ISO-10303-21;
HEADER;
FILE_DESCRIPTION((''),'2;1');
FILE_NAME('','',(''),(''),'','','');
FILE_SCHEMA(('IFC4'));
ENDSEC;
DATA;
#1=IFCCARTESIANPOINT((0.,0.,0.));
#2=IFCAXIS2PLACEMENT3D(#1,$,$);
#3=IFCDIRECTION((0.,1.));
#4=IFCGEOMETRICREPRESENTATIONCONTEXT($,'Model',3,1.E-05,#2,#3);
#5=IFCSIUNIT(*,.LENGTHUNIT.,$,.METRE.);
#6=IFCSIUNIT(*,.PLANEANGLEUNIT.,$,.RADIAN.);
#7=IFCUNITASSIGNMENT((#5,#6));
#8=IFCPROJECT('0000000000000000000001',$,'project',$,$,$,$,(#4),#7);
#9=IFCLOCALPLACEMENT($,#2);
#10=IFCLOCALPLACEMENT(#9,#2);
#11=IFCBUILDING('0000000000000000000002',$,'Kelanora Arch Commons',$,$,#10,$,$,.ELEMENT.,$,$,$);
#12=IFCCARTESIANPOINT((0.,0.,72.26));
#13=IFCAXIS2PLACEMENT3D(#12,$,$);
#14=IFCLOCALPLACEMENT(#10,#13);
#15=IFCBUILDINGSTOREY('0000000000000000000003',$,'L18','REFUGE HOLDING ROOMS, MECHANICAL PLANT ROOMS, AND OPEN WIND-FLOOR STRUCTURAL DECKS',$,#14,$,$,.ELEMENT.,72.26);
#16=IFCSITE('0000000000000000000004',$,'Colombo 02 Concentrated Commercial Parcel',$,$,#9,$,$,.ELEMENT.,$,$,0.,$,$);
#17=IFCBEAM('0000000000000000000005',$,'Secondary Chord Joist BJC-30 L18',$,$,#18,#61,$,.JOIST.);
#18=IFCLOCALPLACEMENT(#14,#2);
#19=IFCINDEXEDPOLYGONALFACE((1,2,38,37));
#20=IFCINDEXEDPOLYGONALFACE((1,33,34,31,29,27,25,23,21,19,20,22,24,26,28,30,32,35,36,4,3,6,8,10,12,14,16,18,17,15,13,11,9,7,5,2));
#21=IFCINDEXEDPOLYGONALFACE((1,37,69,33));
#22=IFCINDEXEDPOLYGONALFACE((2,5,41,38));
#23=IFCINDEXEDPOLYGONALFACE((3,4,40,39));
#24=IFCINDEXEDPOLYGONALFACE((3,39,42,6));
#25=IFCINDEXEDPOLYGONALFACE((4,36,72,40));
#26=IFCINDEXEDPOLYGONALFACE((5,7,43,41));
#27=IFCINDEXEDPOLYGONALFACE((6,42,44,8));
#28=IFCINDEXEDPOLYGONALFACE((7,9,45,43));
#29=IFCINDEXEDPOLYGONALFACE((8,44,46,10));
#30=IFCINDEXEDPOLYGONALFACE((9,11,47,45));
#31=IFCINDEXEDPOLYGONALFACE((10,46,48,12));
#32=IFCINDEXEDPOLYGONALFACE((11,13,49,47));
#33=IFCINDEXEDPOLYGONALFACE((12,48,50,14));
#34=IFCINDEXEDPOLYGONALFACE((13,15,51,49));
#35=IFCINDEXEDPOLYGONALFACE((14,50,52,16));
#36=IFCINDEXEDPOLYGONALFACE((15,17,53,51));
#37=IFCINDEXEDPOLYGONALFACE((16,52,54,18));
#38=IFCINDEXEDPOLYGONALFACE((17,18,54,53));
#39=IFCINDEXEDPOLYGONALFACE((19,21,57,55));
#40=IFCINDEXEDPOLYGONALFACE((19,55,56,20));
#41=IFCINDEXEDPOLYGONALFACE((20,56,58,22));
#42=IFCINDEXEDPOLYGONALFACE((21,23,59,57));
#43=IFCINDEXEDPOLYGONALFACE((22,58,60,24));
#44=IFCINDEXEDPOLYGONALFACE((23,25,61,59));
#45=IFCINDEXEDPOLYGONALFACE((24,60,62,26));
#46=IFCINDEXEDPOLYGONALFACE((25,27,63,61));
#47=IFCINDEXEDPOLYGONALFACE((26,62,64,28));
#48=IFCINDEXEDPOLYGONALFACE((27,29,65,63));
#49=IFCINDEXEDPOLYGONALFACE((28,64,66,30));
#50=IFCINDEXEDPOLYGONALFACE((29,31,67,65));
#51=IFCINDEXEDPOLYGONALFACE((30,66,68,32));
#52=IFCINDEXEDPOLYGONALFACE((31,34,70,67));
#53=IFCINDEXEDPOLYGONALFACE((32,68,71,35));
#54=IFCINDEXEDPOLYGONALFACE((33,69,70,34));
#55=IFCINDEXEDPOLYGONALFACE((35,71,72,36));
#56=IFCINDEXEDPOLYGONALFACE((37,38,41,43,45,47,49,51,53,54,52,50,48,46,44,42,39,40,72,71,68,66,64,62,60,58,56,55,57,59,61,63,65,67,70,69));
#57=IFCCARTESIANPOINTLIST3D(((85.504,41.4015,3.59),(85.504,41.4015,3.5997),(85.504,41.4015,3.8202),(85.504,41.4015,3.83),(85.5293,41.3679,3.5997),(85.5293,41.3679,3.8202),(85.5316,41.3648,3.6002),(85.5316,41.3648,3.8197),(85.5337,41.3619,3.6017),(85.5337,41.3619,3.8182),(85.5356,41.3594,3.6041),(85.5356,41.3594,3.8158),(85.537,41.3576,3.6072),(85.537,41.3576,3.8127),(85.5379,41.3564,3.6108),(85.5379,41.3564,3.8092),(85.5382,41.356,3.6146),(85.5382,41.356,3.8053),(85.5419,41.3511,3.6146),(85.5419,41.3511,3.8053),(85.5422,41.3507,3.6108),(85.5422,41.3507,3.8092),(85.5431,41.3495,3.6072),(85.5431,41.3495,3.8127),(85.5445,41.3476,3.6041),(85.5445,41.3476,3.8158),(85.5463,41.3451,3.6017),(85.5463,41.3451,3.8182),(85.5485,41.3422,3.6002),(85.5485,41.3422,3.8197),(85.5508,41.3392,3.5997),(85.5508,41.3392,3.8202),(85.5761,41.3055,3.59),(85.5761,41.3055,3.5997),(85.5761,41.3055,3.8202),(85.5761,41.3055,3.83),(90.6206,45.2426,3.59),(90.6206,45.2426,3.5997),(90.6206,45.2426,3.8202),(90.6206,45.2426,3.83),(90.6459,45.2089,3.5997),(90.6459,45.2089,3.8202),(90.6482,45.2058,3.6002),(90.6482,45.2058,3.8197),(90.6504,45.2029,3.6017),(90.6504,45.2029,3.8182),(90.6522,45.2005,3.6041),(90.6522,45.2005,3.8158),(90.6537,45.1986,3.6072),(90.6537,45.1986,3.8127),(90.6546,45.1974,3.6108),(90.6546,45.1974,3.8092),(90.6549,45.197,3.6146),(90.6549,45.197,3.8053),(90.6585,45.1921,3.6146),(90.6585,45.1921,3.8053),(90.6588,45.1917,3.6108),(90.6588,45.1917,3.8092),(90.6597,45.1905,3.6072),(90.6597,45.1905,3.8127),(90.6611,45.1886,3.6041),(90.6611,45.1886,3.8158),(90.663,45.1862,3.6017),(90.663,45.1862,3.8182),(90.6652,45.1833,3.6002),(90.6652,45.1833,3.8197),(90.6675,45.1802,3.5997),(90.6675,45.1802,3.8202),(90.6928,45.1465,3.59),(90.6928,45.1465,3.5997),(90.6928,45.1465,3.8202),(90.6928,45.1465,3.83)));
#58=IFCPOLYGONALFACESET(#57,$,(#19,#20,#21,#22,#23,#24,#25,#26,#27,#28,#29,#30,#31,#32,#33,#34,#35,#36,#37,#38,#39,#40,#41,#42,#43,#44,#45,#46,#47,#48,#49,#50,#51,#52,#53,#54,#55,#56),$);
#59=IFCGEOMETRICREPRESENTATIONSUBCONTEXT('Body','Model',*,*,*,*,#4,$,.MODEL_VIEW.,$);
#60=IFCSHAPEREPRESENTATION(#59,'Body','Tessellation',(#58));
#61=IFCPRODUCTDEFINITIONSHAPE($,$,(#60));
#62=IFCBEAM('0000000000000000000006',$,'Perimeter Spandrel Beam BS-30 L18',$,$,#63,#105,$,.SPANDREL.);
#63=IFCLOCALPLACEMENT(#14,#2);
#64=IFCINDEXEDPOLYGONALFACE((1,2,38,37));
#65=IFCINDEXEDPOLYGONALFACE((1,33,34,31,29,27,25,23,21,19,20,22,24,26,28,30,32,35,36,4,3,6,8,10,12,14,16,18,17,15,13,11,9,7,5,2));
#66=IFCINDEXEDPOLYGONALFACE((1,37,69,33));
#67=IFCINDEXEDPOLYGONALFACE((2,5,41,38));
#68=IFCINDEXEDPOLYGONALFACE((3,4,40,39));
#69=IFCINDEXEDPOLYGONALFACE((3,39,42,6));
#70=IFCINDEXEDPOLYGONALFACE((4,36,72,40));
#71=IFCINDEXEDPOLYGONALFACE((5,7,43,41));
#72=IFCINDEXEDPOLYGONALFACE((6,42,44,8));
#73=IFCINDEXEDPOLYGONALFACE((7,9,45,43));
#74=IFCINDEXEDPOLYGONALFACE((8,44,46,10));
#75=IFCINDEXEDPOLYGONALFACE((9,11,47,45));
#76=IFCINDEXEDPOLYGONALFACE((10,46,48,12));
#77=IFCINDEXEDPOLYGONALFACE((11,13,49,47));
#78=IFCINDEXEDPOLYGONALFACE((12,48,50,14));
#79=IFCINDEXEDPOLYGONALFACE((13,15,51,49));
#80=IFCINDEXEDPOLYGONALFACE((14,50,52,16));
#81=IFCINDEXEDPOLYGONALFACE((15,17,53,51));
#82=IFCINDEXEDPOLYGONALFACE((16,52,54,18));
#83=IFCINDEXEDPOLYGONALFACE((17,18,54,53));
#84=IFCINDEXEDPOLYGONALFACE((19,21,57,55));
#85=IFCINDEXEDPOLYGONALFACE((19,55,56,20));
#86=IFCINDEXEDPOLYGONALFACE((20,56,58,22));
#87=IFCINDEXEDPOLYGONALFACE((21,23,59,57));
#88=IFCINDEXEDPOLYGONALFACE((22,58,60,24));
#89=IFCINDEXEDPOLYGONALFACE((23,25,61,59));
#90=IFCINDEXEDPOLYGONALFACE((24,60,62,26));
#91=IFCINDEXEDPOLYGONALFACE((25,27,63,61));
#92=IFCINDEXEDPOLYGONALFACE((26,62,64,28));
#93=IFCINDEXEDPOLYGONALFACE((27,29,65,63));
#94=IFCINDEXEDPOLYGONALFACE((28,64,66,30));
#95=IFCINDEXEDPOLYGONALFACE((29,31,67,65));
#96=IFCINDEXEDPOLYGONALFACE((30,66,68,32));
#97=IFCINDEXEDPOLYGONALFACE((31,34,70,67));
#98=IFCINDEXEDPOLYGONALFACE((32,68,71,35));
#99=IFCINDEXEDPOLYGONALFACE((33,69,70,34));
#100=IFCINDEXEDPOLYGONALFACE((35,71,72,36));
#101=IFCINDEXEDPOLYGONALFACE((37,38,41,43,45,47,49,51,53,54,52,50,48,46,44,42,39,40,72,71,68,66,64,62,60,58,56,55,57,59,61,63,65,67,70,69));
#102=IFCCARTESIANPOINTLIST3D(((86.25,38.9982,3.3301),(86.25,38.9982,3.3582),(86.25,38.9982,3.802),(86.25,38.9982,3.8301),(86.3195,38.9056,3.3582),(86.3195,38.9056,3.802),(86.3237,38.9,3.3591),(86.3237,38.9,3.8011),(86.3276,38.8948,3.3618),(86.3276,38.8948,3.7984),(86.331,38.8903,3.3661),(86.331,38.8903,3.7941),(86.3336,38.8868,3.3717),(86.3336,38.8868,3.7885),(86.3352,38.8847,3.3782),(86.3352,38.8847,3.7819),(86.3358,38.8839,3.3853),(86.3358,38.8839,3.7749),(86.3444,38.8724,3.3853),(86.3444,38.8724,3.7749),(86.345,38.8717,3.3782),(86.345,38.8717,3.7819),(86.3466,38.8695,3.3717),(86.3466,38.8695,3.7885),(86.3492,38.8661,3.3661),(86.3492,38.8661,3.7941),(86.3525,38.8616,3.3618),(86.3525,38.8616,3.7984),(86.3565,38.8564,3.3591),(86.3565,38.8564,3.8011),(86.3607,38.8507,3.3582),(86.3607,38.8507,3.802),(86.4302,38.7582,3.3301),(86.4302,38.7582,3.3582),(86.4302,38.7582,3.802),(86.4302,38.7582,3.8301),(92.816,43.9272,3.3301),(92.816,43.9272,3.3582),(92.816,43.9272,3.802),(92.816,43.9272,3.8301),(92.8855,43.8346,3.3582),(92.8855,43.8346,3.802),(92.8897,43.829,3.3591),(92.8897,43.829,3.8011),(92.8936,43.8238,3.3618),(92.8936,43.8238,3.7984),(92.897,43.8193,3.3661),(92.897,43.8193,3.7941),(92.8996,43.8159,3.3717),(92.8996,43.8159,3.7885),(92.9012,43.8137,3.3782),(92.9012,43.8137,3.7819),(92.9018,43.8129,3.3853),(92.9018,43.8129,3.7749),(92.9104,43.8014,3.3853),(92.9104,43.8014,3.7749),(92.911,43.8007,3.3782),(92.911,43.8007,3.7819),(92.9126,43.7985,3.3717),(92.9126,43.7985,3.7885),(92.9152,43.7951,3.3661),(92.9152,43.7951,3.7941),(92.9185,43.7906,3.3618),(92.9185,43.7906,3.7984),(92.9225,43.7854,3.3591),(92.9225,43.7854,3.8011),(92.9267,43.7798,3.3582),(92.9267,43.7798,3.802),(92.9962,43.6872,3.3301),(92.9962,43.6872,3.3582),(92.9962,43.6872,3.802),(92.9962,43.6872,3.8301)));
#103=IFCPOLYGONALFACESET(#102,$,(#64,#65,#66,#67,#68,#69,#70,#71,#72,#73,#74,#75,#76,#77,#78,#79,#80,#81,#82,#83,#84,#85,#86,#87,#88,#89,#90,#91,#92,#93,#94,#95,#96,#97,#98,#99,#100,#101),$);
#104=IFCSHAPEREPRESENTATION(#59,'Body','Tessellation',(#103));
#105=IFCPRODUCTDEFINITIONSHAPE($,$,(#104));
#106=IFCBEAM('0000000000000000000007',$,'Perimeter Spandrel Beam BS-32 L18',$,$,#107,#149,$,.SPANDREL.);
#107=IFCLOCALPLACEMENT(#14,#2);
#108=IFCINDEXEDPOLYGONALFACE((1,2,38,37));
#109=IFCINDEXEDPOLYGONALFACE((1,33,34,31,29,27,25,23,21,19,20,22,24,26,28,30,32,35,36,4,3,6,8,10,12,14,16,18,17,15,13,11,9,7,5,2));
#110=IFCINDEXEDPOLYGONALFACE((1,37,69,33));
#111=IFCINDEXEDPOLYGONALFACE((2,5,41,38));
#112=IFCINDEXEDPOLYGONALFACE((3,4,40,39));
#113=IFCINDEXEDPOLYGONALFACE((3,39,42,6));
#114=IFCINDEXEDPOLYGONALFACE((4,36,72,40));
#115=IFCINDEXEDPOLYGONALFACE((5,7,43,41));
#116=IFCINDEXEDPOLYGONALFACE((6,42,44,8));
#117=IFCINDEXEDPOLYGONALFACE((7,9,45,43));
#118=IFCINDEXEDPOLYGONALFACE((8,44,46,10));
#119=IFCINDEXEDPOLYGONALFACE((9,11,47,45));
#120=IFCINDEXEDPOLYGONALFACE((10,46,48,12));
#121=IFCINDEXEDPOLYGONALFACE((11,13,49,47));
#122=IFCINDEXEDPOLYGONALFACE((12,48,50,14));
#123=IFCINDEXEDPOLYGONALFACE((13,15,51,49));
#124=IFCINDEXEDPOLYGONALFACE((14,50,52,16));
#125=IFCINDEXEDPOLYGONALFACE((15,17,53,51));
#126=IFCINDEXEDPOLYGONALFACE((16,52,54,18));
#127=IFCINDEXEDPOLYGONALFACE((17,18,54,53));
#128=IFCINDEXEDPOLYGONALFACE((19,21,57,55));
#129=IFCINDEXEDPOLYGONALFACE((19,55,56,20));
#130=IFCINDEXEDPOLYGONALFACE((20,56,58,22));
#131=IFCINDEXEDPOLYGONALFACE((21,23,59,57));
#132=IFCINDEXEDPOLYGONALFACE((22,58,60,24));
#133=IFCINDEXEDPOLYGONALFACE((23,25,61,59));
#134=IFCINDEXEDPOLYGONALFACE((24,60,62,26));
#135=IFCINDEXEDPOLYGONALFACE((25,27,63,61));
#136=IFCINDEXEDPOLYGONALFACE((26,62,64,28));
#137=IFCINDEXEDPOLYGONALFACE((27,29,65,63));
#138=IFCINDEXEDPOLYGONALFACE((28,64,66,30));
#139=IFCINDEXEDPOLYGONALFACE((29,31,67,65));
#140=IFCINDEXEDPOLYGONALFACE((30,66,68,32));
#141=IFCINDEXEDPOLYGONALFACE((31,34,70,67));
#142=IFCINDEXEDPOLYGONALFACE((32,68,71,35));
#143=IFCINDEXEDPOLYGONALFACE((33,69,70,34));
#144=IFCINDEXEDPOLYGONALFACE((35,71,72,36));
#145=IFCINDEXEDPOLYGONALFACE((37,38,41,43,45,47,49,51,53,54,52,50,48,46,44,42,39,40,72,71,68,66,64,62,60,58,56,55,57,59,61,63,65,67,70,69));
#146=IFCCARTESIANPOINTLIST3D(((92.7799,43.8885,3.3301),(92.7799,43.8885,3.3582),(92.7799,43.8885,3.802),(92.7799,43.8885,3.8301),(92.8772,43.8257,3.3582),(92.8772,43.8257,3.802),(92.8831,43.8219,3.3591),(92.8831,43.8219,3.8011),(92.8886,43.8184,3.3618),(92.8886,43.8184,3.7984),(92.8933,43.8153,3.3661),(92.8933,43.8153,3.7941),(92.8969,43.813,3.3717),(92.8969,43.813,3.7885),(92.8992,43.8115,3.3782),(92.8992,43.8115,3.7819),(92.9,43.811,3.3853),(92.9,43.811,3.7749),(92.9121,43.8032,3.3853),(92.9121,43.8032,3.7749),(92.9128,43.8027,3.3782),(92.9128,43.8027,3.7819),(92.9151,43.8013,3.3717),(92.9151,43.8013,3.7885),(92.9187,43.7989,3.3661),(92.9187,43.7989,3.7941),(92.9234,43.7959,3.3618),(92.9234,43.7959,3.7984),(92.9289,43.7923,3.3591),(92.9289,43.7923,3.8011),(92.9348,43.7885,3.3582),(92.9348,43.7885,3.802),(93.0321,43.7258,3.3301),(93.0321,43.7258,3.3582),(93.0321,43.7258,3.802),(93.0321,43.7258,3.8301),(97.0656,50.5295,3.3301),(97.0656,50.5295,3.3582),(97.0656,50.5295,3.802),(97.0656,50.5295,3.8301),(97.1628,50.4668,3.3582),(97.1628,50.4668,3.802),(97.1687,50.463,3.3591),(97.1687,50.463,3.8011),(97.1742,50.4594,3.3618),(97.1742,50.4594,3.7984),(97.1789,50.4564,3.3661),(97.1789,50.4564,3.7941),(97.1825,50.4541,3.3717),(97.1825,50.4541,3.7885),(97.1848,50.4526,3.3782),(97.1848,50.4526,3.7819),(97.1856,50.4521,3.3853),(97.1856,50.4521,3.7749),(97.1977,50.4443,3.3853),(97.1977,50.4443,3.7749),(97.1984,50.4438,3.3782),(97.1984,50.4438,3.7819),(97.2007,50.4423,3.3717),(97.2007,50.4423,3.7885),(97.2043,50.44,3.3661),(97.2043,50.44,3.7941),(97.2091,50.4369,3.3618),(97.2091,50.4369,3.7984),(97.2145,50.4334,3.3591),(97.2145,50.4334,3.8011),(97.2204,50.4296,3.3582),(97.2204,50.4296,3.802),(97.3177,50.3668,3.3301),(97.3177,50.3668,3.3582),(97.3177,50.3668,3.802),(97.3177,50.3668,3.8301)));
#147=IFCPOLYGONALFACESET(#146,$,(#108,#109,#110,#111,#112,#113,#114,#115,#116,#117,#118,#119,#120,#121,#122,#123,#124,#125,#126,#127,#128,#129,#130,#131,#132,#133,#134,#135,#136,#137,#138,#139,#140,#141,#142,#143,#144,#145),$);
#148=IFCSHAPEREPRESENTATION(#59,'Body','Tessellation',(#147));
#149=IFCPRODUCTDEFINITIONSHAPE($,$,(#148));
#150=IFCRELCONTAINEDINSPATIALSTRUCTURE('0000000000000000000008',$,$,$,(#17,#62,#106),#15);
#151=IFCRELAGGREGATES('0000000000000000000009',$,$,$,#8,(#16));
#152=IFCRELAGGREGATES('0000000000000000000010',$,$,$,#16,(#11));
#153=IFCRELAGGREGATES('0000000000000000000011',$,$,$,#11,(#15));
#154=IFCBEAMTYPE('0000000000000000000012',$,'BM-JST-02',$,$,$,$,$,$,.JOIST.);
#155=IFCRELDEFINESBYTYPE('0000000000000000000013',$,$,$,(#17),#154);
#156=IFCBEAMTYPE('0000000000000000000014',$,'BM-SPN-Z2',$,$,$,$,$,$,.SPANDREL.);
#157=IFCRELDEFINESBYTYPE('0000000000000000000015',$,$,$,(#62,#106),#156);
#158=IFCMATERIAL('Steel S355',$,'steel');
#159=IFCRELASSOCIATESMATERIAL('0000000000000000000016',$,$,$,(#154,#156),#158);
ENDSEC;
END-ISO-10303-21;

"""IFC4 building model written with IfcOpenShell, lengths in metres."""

from ifc_helpers import new_model, si_unit, direction, frame, origin, origin_2d, place, context, subcontext, project, spatial, i_section, extrude, material, material_profile, profile_set, type_object, element, save


model = new_model("IFC4")

# Units and contexts
model_context = context("Model", 3, precision=1e-05, world=origin(), true_north=direction((0.0, 1.0)))
body_context = subcontext(model_context, "Body", "Model", "MODEL_VIEW")
ifc_project = project(units=[si_unit("LENGTHUNIT", "METRE"), si_unit("PLANEANGLEUNIT", "RADIAN")], contexts=[model_context])

# Site, building, storey
site_placement = place(None, origin())
site = spatial("IfcSite", under=ifc_project, at=site_placement, Name="Colombo 02 Concentrated Commercial Parcel", CompositionType="ELEMENT", RefElevation=0.0)
building_placement = place(site_placement, origin())
building = spatial("IfcBuilding", under=site, at=building_placement, Name="Kelanora Arch Commons", CompositionType="ELEMENT")
storey_placement = place(building_placement, frame((0.0, 0.0, 72.26)))
storey = spatial("IfcBuildingStorey", under=building, at=storey_placement, Name="L18", Description="REFUGE HOLDING ROOMS, MECHANICAL PLANT ROOMS, AND OPEN WIND-FLOOR STRUCTURAL DECKS", CompositionType="ELEMENT", Elevation=72.26)

# Beams
ifc_material_1 = material(Name="Steel S355", Category="steel")
ifc_material_profile_1 = material_profile(ifc_material_1, i_section(OverallWidth=0.1201, OverallDepth=0.24, WebThickness=0.0061, FlangeThickness=0.0098, FilletRadius=0.0149, at=origin_2d()), Name="IPE240")
ifc_profile_set_1 = profile_set([ifc_material_profile_1], Name="Steel S355")
beam_type_1 = type_object("IfcBeamType", Name="BM-JST-02", PredefinedType="JOIST", material=ifc_profile_set_1)
beam_1_placement = place(storey_placement, frame((85.54, 41.3535, 3.71), z_axis=(0.799734, 0.600354, 0.0), x_axis=(-0.600354, 0.799734, 0.0)))
element("IfcBeam", 1, at=beam_1_placement, inside=storey, type_object=beam_type_1, Name="Secondary Chord Joist BJC-30 L18", PredefinedType="JOIST", context=body_context, shape_type="SweptSolid", body=[
    extrude(i_section(OverallWidth=0.1201, OverallDepth=0.24, WebThickness=0.0061, FlangeThickness=0.0098, FilletRadius=0.0149, at=origin_2d()), origin(), (0.0, 0.0, 1.0), 6.3979),
])
ifc_material_profile_2 = material_profile(ifc_material_1, i_section(OverallWidth=0.3, OverallDepth=0.5, WebThickness=0.0144, FlangeThickness=0.0281, FilletRadius=0.0271, at=origin_2d()), Name="HEB500")
ifc_profile_set_2 = profile_set([ifc_material_profile_2], Name="Steel S355")
beam_type_2 = type_object("IfcBeamType", Name="BM-SPN-Z2", PredefinedType="SPANDREL", material=ifc_profile_set_2)
beam_2_placement = place(storey_placement, frame((86.3401, 38.8782, 3.5801), z_axis=(0.799736, 0.600352, 0.0), x_axis=(-0.600352, 0.799736, 0.0)))
element("IfcBeam", 2, at=beam_2_placement, inside=storey, type_object=beam_type_2, Name="Perimeter Spandrel Beam BS-30 L18", PredefinedType="SPANDREL", context=body_context, shape_type="SweptSolid", body=[
    extrude(i_section(OverallWidth=0.3, OverallDepth=0.5, WebThickness=0.0144, FlangeThickness=0.0281, FilletRadius=0.0271, at=origin_2d()), origin(), (0.0, 0.0, 1.0), 8.2102),
])
beam_3_placement = place(storey_placement, frame((92.906, 43.8071, 3.5801), z_axis=(0.542221, 0.840236, 0.0), x_axis=(-0.840236, 0.542221, 0.0)))
element("IfcBeam", 3, at=beam_3_placement, inside=storey, type_object=beam_type_2, Name="Perimeter Spandrel Beam BS-32 L18", PredefinedType="SPANDREL", context=body_context, shape_type="SweptSolid", body=[
    extrude(i_section(OverallWidth=0.3, OverallDepth=0.5, WebThickness=0.0144, FlangeThickness=0.0281, FilletRadius=0.0271, at=origin_2d()), origin(), (0.0, 0.0, 1.0), 7.9038),
])

save(model, "model.ifc")
